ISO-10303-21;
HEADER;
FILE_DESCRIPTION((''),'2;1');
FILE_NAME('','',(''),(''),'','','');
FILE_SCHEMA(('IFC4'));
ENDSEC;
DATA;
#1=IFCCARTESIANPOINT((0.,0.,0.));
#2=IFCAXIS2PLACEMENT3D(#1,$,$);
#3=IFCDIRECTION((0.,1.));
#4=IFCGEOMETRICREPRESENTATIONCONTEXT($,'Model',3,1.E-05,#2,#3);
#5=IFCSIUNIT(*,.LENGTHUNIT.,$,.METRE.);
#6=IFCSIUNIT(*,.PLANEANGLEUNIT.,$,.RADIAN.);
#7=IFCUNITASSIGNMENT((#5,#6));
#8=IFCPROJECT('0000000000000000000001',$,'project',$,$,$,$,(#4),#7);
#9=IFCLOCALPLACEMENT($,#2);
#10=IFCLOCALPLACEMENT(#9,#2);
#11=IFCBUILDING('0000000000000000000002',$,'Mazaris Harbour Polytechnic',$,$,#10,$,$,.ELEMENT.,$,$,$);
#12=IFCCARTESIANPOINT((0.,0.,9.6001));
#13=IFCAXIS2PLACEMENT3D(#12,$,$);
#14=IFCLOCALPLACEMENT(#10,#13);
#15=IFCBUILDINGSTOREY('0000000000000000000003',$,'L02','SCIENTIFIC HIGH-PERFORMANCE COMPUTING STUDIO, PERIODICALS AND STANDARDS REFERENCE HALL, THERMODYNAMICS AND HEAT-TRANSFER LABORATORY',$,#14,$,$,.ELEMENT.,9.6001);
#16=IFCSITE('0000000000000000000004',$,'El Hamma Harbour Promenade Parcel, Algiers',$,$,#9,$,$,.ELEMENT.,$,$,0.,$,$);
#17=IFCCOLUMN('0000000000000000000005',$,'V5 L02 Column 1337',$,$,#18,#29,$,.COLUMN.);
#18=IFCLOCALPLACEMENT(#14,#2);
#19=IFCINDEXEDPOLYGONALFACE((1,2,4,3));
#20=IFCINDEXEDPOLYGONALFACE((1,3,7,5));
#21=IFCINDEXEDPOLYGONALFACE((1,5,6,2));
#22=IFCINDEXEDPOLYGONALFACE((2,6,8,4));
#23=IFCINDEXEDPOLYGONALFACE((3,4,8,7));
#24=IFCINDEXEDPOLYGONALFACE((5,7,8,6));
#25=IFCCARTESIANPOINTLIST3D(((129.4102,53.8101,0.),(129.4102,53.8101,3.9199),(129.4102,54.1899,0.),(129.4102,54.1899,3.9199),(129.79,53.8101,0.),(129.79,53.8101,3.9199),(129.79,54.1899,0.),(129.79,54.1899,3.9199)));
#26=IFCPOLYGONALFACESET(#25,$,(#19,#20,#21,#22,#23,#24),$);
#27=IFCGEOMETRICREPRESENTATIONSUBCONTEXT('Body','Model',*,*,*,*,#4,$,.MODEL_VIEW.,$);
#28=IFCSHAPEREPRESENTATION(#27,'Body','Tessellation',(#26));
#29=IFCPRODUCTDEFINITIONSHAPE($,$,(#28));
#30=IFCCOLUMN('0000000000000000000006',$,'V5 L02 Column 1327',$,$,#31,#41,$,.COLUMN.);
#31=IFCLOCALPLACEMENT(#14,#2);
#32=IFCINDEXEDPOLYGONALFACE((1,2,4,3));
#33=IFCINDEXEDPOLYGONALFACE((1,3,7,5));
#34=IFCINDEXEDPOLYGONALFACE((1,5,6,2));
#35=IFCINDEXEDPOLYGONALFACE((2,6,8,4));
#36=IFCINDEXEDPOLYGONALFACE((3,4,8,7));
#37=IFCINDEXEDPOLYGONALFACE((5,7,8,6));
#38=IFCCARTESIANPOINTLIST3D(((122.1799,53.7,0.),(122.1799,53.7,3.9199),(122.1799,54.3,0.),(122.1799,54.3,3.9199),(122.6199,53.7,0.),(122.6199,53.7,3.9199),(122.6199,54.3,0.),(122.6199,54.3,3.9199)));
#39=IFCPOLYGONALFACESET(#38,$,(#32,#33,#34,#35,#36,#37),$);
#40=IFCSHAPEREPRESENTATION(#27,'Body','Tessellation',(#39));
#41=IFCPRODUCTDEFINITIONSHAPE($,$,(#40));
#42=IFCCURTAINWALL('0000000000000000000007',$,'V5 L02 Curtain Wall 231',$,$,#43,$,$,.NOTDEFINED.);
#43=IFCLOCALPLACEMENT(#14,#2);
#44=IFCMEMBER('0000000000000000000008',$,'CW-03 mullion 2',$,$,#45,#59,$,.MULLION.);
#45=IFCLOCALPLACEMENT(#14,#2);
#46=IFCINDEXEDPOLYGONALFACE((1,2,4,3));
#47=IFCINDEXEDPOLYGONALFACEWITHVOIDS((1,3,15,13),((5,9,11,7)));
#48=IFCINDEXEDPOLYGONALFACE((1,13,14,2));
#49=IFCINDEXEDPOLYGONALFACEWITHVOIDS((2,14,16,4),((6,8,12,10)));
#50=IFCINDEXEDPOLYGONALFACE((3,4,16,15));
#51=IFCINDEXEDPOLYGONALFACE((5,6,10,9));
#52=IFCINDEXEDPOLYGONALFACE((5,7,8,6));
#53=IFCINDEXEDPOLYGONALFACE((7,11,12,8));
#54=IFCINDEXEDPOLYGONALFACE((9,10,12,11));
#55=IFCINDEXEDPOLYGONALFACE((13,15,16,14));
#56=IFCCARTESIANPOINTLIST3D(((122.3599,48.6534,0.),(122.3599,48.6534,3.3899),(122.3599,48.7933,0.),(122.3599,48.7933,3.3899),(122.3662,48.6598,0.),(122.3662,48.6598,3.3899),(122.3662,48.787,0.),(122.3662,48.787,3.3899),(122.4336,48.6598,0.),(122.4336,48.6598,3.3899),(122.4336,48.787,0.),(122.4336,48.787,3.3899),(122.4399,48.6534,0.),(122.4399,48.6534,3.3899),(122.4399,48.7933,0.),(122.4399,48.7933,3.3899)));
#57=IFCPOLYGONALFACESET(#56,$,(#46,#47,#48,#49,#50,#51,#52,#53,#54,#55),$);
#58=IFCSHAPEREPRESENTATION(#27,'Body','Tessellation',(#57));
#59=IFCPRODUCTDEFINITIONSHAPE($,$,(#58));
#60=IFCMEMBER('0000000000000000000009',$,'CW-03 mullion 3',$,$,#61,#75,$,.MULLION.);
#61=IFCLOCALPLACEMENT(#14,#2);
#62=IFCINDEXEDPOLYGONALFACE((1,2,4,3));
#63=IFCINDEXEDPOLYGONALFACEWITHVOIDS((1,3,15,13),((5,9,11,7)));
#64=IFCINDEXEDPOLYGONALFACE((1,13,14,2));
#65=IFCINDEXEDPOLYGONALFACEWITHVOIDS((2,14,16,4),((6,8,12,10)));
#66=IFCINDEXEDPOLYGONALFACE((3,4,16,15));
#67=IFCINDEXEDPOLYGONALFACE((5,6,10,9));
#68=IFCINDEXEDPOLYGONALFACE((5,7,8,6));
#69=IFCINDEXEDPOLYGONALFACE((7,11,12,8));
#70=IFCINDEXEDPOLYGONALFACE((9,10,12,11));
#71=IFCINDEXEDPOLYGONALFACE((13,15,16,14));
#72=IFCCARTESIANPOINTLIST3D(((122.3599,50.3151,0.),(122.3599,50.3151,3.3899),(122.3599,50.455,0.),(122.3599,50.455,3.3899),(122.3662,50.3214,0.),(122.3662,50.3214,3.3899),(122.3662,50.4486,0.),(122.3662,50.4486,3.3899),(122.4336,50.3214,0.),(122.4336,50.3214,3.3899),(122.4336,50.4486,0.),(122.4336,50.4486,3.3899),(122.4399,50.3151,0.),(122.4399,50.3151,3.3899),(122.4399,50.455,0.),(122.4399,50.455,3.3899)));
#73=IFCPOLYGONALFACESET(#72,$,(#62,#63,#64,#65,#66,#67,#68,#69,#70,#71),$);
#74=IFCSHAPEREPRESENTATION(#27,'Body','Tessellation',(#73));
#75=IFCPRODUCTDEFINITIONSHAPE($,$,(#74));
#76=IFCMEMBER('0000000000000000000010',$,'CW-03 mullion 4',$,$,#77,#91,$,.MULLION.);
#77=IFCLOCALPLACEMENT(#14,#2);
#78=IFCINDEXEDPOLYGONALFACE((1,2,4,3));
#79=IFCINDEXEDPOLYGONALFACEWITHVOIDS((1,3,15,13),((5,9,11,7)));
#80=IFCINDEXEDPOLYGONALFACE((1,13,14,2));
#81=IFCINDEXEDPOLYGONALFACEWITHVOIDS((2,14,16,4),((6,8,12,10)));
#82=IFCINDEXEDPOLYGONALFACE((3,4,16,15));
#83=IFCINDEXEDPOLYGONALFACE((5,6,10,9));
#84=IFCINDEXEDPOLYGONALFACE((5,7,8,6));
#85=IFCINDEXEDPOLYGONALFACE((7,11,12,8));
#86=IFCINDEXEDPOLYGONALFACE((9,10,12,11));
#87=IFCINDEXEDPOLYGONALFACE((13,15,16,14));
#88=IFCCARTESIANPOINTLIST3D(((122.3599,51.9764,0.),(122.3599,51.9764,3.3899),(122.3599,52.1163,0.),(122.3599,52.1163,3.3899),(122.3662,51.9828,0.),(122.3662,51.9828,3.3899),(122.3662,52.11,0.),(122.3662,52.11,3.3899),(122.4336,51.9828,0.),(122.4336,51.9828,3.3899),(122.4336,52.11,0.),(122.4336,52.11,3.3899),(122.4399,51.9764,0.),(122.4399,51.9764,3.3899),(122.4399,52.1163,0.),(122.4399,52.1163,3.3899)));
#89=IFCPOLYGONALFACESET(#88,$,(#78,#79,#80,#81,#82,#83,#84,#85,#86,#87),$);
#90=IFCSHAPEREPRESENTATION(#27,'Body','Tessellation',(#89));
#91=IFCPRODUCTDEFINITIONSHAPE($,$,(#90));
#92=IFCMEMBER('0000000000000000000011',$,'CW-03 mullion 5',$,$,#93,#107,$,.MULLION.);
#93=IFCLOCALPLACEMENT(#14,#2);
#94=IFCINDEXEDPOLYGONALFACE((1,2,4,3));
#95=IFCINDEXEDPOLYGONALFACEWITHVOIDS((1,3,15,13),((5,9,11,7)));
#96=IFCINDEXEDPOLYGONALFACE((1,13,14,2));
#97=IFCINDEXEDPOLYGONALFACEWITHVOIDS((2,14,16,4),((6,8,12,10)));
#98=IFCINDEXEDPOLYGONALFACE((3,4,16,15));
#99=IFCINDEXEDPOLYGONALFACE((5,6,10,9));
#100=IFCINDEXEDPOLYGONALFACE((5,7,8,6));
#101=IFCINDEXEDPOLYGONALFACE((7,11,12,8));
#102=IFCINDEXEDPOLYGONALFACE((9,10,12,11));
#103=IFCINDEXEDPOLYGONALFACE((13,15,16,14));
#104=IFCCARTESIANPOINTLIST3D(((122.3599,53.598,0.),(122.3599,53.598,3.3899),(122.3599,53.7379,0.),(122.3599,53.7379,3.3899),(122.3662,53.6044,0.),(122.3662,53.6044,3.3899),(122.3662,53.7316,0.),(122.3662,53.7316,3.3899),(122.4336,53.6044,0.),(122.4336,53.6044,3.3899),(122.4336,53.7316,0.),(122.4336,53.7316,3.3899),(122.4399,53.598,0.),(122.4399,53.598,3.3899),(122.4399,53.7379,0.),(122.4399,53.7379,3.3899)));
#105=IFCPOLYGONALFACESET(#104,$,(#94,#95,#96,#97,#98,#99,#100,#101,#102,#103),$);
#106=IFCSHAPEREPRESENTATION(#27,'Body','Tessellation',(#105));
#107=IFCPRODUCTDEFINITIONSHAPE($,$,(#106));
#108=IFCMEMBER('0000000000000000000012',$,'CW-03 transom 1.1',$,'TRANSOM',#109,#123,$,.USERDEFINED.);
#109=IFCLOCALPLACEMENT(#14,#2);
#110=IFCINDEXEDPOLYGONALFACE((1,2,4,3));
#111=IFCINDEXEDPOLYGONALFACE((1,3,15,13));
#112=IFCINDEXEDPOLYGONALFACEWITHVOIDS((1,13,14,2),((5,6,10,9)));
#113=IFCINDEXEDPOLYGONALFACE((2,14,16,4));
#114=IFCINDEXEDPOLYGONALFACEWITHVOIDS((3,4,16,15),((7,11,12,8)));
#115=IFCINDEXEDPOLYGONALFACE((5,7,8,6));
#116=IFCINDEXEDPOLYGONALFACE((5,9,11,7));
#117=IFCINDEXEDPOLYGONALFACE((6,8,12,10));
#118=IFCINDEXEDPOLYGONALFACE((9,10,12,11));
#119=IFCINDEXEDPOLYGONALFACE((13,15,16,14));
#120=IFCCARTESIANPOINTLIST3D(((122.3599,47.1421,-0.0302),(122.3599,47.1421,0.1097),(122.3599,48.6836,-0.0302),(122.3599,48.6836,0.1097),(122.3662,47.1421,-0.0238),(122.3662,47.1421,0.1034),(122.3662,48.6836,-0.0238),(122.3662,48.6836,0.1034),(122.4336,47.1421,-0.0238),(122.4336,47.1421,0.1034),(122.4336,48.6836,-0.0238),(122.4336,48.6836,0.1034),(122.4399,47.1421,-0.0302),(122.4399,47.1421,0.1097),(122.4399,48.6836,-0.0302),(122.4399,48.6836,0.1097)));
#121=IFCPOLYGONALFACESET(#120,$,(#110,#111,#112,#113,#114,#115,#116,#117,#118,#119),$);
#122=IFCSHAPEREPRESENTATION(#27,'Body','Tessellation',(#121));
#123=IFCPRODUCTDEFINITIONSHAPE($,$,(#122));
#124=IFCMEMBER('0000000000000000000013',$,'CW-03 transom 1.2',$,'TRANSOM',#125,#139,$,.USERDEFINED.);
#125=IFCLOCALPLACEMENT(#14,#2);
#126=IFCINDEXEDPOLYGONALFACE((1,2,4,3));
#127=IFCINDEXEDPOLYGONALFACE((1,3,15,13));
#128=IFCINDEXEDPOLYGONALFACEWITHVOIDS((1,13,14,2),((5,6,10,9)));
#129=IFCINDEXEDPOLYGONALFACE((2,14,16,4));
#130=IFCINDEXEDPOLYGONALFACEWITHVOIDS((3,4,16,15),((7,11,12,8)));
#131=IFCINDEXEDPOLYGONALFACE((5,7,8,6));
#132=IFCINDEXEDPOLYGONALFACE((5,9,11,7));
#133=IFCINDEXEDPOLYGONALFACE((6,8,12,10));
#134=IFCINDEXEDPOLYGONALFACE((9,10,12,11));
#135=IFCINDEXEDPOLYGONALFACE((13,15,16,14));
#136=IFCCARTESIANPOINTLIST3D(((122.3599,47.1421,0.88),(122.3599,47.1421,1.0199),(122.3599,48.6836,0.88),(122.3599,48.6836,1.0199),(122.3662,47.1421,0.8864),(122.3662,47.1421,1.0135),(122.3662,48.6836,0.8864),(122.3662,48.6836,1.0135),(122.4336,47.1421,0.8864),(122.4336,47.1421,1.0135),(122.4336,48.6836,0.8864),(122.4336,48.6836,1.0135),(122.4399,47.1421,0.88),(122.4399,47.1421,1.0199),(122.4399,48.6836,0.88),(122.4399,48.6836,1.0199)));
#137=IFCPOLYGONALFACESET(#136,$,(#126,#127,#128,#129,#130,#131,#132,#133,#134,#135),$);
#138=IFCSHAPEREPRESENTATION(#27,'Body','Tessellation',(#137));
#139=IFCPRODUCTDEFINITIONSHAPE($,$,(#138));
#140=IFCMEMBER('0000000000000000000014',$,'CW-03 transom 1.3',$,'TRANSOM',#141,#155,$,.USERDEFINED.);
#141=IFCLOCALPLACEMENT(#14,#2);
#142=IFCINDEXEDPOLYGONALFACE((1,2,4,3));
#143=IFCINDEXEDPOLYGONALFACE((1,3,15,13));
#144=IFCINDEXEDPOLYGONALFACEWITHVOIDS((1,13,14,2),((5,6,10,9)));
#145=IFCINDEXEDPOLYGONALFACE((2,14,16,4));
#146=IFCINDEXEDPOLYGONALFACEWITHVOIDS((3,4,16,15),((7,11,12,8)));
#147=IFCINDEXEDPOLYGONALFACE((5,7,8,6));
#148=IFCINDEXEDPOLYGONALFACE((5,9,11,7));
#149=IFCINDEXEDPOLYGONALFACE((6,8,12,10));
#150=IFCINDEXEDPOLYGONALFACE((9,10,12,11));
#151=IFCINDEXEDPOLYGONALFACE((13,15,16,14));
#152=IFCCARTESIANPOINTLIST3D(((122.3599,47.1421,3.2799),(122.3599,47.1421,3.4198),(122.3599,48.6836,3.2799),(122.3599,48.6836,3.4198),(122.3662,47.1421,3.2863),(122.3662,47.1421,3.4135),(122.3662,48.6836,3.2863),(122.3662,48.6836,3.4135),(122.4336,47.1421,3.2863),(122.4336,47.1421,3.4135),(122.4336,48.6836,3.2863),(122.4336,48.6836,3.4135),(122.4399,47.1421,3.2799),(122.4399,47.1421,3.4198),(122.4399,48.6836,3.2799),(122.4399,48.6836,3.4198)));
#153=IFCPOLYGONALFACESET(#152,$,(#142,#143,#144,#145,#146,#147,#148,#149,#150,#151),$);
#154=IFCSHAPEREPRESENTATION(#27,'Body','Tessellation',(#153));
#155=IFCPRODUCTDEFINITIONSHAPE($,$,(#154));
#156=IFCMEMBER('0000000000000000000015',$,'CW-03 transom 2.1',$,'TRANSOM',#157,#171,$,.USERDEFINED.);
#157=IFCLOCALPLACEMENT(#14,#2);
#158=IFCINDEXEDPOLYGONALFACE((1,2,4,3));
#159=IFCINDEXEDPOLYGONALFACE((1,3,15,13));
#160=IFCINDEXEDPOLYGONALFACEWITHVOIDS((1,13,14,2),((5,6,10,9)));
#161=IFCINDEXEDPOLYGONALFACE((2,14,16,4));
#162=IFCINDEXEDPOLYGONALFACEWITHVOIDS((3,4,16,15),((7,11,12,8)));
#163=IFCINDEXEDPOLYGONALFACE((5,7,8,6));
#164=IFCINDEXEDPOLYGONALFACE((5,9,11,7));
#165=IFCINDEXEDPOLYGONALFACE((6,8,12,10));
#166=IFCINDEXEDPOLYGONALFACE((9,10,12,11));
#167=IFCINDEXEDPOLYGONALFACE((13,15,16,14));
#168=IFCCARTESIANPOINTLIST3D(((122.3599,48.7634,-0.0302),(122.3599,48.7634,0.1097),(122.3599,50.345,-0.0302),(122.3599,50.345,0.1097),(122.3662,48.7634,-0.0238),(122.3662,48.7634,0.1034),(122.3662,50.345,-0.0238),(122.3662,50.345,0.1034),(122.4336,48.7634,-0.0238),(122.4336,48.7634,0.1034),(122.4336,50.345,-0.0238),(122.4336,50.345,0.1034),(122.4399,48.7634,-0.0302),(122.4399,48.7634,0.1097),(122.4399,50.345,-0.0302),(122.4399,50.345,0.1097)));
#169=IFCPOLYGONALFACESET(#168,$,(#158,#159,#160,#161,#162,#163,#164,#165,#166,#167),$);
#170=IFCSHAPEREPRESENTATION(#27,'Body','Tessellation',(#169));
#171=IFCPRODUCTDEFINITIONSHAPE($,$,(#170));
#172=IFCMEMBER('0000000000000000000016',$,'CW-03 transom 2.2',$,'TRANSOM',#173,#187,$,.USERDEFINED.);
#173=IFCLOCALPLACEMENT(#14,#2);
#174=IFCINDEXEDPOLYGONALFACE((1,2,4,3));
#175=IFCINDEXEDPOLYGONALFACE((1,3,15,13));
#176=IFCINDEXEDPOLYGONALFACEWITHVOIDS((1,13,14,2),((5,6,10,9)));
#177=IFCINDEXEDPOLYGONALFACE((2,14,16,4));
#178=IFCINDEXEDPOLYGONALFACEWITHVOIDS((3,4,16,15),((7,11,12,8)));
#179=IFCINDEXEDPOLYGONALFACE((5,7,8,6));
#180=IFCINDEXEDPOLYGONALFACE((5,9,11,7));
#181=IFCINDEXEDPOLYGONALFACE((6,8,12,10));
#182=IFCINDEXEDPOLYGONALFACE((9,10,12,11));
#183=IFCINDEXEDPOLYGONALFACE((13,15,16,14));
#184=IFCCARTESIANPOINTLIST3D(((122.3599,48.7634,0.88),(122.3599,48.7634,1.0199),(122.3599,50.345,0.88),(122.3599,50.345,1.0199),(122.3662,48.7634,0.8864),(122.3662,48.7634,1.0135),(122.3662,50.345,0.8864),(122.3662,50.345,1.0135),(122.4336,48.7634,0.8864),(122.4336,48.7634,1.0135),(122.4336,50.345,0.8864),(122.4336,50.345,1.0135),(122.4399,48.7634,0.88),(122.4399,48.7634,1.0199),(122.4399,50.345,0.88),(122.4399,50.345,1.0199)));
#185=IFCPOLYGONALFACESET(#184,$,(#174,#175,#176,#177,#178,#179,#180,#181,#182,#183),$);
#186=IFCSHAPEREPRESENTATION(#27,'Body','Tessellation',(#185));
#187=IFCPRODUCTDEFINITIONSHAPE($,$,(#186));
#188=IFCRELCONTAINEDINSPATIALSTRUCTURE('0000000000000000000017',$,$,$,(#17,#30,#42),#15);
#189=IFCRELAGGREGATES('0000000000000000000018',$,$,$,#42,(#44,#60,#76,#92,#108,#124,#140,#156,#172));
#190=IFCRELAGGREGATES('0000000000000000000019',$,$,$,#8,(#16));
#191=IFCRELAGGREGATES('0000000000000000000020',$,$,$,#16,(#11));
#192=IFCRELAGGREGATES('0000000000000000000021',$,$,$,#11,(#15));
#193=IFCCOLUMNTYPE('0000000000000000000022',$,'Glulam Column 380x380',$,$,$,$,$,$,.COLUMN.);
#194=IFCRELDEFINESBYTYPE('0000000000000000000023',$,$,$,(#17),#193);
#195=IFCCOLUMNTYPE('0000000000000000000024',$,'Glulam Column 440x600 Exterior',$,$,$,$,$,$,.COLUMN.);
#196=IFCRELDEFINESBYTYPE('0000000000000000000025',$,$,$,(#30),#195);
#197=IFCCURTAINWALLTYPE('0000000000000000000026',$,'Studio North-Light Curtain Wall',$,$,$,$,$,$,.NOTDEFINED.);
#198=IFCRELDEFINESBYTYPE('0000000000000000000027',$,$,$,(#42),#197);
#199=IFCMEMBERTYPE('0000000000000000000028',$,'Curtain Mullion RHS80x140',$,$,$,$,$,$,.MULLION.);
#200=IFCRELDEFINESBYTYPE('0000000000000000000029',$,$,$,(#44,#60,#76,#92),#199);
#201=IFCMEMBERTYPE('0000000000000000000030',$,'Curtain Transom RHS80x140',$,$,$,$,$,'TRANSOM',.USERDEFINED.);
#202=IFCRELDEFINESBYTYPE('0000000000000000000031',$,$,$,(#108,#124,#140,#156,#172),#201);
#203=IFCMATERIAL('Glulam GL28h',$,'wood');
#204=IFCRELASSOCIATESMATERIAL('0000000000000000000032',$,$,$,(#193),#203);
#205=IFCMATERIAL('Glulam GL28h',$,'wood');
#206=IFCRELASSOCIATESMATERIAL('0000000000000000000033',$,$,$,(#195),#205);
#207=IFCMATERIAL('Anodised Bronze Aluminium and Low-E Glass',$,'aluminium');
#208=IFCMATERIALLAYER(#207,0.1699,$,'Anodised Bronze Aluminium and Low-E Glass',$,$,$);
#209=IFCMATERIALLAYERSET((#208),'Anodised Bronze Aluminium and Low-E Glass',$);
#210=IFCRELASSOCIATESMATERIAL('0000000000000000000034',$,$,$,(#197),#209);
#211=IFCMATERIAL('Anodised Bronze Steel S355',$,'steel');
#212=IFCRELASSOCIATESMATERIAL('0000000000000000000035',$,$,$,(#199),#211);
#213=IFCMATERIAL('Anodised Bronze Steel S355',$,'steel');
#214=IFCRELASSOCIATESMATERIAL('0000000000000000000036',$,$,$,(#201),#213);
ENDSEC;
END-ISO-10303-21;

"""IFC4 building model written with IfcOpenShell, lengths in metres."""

from ifc_helpers import new_model, si_unit, direction, frame, origin, origin_2d, place, context, subcontext, project, spatial, rectangle, hollow_rectangle, extrude, material, layer, layer_set, material_profile, profile_set, type_object, element, aggregate, save


model = new_model("IFC4")

# Units and contexts
model_context = context("Model", 3, precision=1e-05, world=origin(), true_north=direction((0.0, 1.0)))
body_context = subcontext(model_context, "Body", "Model", "MODEL_VIEW")
ifc_project = project(units=[si_unit("LENGTHUNIT", "METRE"), si_unit("PLANEANGLEUNIT", "RADIAN")], contexts=[model_context])

# Site, building, storey
site_placement = place(None, origin())
site = spatial("IfcSite", under=ifc_project, at=site_placement, Name="El Hamma Harbour Promenade Parcel, Algiers", CompositionType="ELEMENT", RefElevation=0.0)
building_placement = place(site_placement, origin())
building = spatial("IfcBuilding", under=site, at=building_placement, Name="Mazaris Harbour Polytechnic", CompositionType="ELEMENT")
storey_placement = place(building_placement, frame((0.0, 0.0, 9.6001)))
storey = spatial("IfcBuildingStorey", under=building, at=storey_placement, Name="L02", Description="SCIENTIFIC HIGH-PERFORMANCE COMPUTING STUDIO, PERIODICALS AND STANDARDS REFERENCE HALL, THERMODYNAMICS AND HEAT-TRANSFER LABORATORY", CompositionType="ELEMENT", Elevation=9.6001)

# Columns
ifc_material_1 = material(Name="Glulam GL28h", Category="wood")
ifc_material_profile_1 = material_profile(ifc_material_1, rectangle(XDim=0.3799, YDim=0.3799, at=origin_2d()), Name="RECT380x380")
ifc_profile_set_1 = profile_set([ifc_material_profile_1], Name="Glulam GL28h")
column_type_1 = type_object("IfcColumnType", Name="Glulam Column 380x380", PredefinedType="COLUMN", material=ifc_profile_set_1)
column_1_placement = place(storey_placement, frame((129.6001, 54.0, 0.0), z_axis=(0.0, 0.0, 1.0), x_axis=(1.0, 0.0, 0.0)))
element("IfcColumn", 1, at=column_1_placement, inside=storey, type_object=column_type_1, Name="V5 L02 Column 1337", PredefinedType="COLUMN", context=body_context, shape_type="SweptSolid", body=[
    extrude(rectangle(XDim=0.3799, YDim=0.3799, at=origin_2d()), origin(), (0.0, 0.0, 1.0), 3.9199),
])
ifc_material_2 = material(Name="Glulam GL28h", Category="wood")
ifc_material_profile_2 = material_profile(ifc_material_2, rectangle(XDim=0.4399, YDim=0.6001, at=origin_2d()), Name="RECT440x600")
ifc_profile_set_2 = profile_set([ifc_material_profile_2], Name="Glulam GL28h")
column_type_2 = type_object("IfcColumnType", Name="Glulam Column 440x600 Exterior", PredefinedType="COLUMN", material=ifc_profile_set_2)
column_2_placement = place(storey_placement, frame((122.3999, 54.0, 0.0), z_axis=(0.0, 0.0, 1.0), x_axis=(1.0, 0.0, 0.0)))
element("IfcColumn", 2, at=column_2_placement, inside=storey, type_object=column_type_2, Name="V5 L02 Column 1327", PredefinedType="COLUMN", context=body_context, shape_type="SweptSolid", body=[
    extrude(rectangle(XDim=0.4399, YDim=0.6001, at=origin_2d()), origin(), (0.0, 0.0, 1.0), 3.9199),
])

# Curtain wall, members
ifc_material_3 = material(Name="Anodised Bronze Aluminium and Low-E Glass", Category="aluminium")
ifc_layer_1 = layer(ifc_material_3, 0.1699, Name="Anodised Bronze Aluminium and Low-E Glass")
ifc_layer_set_1 = layer_set([ifc_layer_1], Name="Anodised Bronze Aluminium and Low-E Glass")
curtain_wall_type = type_object("IfcCurtainWallType", Name="Studio North-Light Curtain Wall", PredefinedType="NOTDEFINED", material=ifc_layer_set_1)
curtain_wall_placement = place(storey_placement, origin())
curtain_wall = element("IfcCurtainWall", 3, at=curtain_wall_placement, inside=storey, type_object=curtain_wall_type, Name="V5 L02 Curtain Wall 231", PredefinedType="NOTDEFINED")
ifc_material_4 = material(Name="Anodised Bronze Steel S355", Category="steel")
ifc_material_profile_3 = material_profile(ifc_material_4, hollow_rectangle(XDim=0.0801, YDim=0.1399, WallThickness=0.0063, at=origin_2d()), Name="RHS 80x140x6.3")
ifc_profile_set_3 = profile_set([ifc_material_profile_3], Name="Anodised Bronze Steel S355")
member_type_1 = type_object("IfcMemberType", Name="Curtain Mullion RHS80x140", PredefinedType="MULLION", material=ifc_profile_set_3)
member_1_placement = place(storey_placement, frame((122.3999, 48.7234, 0.0), z_axis=(0.0, 0.0, 1.0), x_axis=(-1.0, 0.0, 0.0)))
member_1 = element("IfcMember", 4, at=member_1_placement, type_object=member_type_1, Name="CW-03 mullion 2", PredefinedType="MULLION", context=body_context, shape_type="SweptSolid", body=[
    extrude(hollow_rectangle(XDim=0.0801, YDim=0.1399, WallThickness=0.0063, at=origin_2d()), origin(), (0.0, 0.0, 1.0), 3.3899),
])
member_2_placement = place(storey_placement, frame((122.3999, 50.385, 0.0), z_axis=(0.0, 0.0, 1.0), x_axis=(-1.0, 0.0, 0.0)))
member_2 = element("IfcMember", 5, at=member_2_placement, type_object=member_type_1, Name="CW-03 mullion 3", PredefinedType="MULLION", context=body_context, shape_type="SweptSolid", body=[
    extrude(hollow_rectangle(XDim=0.0801, YDim=0.1399, WallThickness=0.0063, at=origin_2d()), origin(), (0.0, 0.0, 1.0), 3.3899),
])
member_3_placement = place(storey_placement, frame((122.3999, 52.0464, 0.0), z_axis=(0.0, 0.0, 1.0), x_axis=(-1.0, 0.0, 0.0)))
member_3 = element("IfcMember", 6, at=member_3_placement, type_object=member_type_1, Name="CW-03 mullion 4", PredefinedType="MULLION", context=body_context, shape_type="SweptSolid", body=[
    extrude(hollow_rectangle(XDim=0.0801, YDim=0.1399, WallThickness=0.0063, at=origin_2d()), origin(), (0.0, 0.0, 1.0), 3.3899),
])
member_4_placement = place(storey_placement, frame((122.3999, 53.668, 0.0), z_axis=(0.0, 0.0, 1.0), x_axis=(-1.0, 0.0, 0.0)))
member_4 = element("IfcMember", 7, at=member_4_placement, type_object=member_type_1, Name="CW-03 mullion 5", PredefinedType="MULLION", context=body_context, shape_type="SweptSolid", body=[
    extrude(hollow_rectangle(XDim=0.0801, YDim=0.1399, WallThickness=0.0063, at=origin_2d()), origin(), (0.0, 0.0, 1.0), 3.3899),
])
ifc_material_5 = material(Name="Anodised Bronze Steel S355", Category="steel")
ifc_material_profile_4 = material_profile(ifc_material_5, hollow_rectangle(XDim=0.0801, YDim=0.1399, WallThickness=0.0063, at=origin_2d()), Name="RHS 80x140x6.3")
ifc_profile_set_4 = profile_set([ifc_material_profile_4], Name="Anodised Bronze Steel S355")
member_type_2 = type_object("IfcMemberType", Name="Curtain Transom RHS80x140", ElementType="TRANSOM", PredefinedType="USERDEFINED", material=ifc_profile_set_4)
member_5_placement = place(storey_placement, frame((122.3999, 47.1421, 0.0398), z_axis=(0.0, 1.0, 0.0), x_axis=(-1.0, 0.0, 0.0)))
member_5 = element("IfcMember", 8, at=member_5_placement, type_object=member_type_2, Name="CW-03 transom 1.1", ObjectType="TRANSOM", PredefinedType="USERDEFINED", context=body_context, shape_type="SweptSolid", body=[
    extrude(hollow_rectangle(XDim=0.0801, YDim=0.1399, WallThickness=0.0063, at=origin_2d()), origin(), (0.0, 0.0, 1.0), 1.5415),
])
member_6_placement = place(storey_placement, frame((122.3999, 47.1421, 0.95), z_axis=(0.0, 1.0, 0.0), x_axis=(-1.0, 0.0, 0.0)))
member_6 = element("IfcMember", 9, at=member_6_placement, type_object=member_type_2, Name="CW-03 transom 1.2", ObjectType="TRANSOM", PredefinedType="USERDEFINED", context=body_context, shape_type="SweptSolid", body=[
    extrude(hollow_rectangle(XDim=0.0801, YDim=0.1399, WallThickness=0.0063, at=origin_2d()), origin(), (0.0, 0.0, 1.0), 1.5415),
])
member_7_placement = place(storey_placement, frame((122.3999, 47.1421, 3.3499), z_axis=(0.0, 1.0, 0.0), x_axis=(-1.0, 0.0, 0.0)))
member_7 = element("IfcMember", 10, at=member_7_placement, type_object=member_type_2, Name="CW-03 transom 1.3", ObjectType="TRANSOM", PredefinedType="USERDEFINED", context=body_context, shape_type="SweptSolid", body=[
    extrude(hollow_rectangle(XDim=0.0801, YDim=0.1399, WallThickness=0.0063, at=origin_2d()), origin(), (0.0, 0.0, 1.0), 1.5415),
])
member_8_placement = place(storey_placement, frame((122.3999, 48.7634, 0.0398), z_axis=(0.0, 1.0, 0.0), x_axis=(-1.0, 0.0, 0.0)))
member_8 = element("IfcMember", 11, at=member_8_placement, type_object=member_type_2, Name="CW-03 transom 2.1", ObjectType="TRANSOM", PredefinedType="USERDEFINED", context=body_context, shape_type="SweptSolid", body=[
    extrude(hollow_rectangle(XDim=0.0801, YDim=0.1399, WallThickness=0.0063, at=origin_2d()), origin(), (0.0, 0.0, 1.0), 1.5815),
])
member_9_placement = place(storey_placement, frame((122.3999, 48.7634, 0.95), z_axis=(0.0, 1.0, 0.0), x_axis=(-1.0, 0.0, 0.0)))
member_9 = element("IfcMember", 12, at=member_9_placement, type_object=member_type_2, Name="CW-03 transom 2.2", ObjectType="TRANSOM", PredefinedType="USERDEFINED", context=body_context, shape_type="SweptSolid", body=[
    extrude(hollow_rectangle(XDim=0.0801, YDim=0.1399, WallThickness=0.0063, at=origin_2d()), origin(), (0.0, 0.0, 1.0), 1.5815),
])

aggregate(curtain_wall, [member_1, member_2, member_3, member_4, member_5, member_6, member_7, member_8, member_9])

save(model, "model.ifc")
